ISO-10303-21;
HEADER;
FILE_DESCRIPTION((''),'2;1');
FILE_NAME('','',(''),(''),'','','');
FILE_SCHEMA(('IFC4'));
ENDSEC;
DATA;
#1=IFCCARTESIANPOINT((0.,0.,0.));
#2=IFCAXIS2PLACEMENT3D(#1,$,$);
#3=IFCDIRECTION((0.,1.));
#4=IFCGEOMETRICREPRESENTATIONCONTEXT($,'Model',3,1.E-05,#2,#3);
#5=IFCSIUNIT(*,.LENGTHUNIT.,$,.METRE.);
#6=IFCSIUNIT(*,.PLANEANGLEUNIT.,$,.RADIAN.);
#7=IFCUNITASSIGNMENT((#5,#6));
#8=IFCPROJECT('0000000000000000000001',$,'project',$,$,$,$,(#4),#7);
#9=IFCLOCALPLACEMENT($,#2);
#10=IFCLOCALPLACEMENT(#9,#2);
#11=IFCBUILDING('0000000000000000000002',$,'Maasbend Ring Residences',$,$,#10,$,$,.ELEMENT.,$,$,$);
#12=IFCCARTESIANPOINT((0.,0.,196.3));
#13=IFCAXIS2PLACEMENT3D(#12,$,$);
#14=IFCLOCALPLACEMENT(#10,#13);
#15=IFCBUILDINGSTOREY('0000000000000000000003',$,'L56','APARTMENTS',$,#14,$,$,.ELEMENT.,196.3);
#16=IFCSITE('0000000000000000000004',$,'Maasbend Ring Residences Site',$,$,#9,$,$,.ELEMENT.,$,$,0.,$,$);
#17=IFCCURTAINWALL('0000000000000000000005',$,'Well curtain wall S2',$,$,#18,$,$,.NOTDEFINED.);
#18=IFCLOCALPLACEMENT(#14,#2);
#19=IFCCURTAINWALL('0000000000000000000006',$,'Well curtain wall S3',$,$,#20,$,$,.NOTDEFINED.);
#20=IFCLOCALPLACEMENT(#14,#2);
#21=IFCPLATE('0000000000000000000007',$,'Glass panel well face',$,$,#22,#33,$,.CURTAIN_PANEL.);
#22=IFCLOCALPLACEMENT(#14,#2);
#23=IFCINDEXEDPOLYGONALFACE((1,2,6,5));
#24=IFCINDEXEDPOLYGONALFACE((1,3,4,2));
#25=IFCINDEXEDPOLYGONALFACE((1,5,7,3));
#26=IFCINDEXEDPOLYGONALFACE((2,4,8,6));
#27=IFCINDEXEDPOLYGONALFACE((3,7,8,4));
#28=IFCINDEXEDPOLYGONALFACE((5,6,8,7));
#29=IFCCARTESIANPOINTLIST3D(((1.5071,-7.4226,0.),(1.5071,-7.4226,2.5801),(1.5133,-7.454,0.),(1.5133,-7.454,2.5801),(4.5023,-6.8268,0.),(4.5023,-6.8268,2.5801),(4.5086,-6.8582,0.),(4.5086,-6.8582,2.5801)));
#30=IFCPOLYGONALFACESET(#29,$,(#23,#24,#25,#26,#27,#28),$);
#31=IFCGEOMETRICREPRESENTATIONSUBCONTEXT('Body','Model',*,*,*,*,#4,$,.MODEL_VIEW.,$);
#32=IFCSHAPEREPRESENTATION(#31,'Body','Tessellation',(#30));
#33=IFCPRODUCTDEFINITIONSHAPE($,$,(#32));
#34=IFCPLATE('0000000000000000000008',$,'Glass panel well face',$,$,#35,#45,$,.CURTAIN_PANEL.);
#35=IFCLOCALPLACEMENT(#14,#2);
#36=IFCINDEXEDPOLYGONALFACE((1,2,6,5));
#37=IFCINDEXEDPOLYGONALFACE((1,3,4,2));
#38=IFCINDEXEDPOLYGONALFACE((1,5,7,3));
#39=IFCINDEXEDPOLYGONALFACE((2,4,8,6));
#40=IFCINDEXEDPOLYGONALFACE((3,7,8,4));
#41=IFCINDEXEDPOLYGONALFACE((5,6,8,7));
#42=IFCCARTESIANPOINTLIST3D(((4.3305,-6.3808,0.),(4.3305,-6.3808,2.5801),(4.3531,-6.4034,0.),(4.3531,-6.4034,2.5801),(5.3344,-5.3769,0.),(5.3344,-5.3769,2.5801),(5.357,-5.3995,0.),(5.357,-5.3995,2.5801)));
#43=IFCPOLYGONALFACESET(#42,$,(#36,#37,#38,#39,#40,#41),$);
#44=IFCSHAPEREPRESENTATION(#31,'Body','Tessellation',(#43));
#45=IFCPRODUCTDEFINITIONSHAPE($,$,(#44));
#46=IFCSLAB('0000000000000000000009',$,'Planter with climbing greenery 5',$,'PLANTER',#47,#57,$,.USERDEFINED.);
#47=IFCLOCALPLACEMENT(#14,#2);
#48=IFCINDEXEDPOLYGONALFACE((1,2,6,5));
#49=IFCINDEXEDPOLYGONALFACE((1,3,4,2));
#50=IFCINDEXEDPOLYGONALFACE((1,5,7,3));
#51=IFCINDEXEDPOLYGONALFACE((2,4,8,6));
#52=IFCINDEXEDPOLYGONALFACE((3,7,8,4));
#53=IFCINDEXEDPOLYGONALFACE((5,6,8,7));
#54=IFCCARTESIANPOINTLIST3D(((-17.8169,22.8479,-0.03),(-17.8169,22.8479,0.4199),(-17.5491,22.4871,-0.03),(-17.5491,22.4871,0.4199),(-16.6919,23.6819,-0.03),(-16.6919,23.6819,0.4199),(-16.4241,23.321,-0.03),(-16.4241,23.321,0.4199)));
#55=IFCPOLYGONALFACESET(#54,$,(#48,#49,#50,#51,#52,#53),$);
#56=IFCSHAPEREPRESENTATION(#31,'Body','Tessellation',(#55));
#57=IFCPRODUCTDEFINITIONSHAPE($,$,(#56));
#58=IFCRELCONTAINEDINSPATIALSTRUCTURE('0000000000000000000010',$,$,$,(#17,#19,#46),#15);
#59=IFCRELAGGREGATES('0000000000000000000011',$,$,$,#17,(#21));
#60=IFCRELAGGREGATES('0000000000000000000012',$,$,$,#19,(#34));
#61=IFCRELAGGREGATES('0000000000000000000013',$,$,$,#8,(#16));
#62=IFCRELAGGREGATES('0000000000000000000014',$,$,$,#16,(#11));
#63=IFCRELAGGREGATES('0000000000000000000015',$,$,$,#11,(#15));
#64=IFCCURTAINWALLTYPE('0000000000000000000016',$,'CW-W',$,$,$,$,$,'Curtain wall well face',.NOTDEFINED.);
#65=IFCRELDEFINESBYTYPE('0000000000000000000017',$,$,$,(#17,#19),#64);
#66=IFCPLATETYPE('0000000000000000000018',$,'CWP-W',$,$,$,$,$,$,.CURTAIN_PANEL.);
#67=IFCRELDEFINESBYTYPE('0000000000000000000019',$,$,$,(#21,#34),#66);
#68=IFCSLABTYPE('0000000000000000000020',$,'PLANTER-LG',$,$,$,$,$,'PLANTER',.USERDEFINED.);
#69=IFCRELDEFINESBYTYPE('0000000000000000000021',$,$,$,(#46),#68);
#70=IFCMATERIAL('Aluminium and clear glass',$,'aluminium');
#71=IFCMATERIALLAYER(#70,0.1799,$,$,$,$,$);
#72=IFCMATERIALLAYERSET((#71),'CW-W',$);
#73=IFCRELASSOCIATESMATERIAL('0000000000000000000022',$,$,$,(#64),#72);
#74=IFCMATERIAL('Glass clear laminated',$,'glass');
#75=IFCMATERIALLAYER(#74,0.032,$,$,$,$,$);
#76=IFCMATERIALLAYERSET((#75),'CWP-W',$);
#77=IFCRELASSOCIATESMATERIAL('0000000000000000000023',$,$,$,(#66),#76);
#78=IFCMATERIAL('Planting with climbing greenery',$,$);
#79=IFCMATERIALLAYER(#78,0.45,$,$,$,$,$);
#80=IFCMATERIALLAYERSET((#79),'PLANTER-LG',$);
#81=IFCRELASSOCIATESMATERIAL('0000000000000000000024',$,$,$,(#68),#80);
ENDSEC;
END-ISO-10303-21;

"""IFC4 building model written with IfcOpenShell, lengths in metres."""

from ifc_helpers import new_model, si_unit, direction, frame, origin, origin_2d, place, context, subcontext, project, spatial, polyline, rectangle, outline, extrude, material, layer, layer_set, type_object, element, aggregate, save


model = new_model("IFC4")

# Units and contexts
model_context = context("Model", 3, precision=1e-05, world=origin(), true_north=direction((0.0, 1.0)))
body_context = subcontext(model_context, "Body", "Model", "MODEL_VIEW")
ifc_project = project(units=[si_unit("LENGTHUNIT", "METRE"), si_unit("PLANEANGLEUNIT", "RADIAN")], contexts=[model_context])

# Site, building, storey
site_placement = place(None, origin())
site = spatial("IfcSite", under=ifc_project, at=site_placement, Name="Maasbend Ring Residences Site", CompositionType="ELEMENT", RefElevation=0.0)
building_placement = place(site_placement, origin())
building = spatial("IfcBuilding", under=site, at=building_placement, Name="Maasbend Ring Residences", CompositionType="ELEMENT")
storey_placement = place(building_placement, frame((0.0, 0.0, 196.3)))
storey = spatial("IfcBuildingStorey", under=building, at=storey_placement, Name="L56", Description="APARTMENTS", CompositionType="ELEMENT", Elevation=196.3)

# Curtain walls
ifc_material_1 = material(Name="Aluminium and clear glass", Category="aluminium")
ifc_layer_1 = layer(ifc_material_1, 0.1799)
ifc_layer_set_1 = layer_set([ifc_layer_1], Name="CW-W")
curtain_wall_type = type_object("IfcCurtainWallType", Name="CW-W", ElementType="Curtain wall well face", PredefinedType="NOTDEFINED", material=ifc_layer_set_1)
curtain_wall_1_placement = place(storey_placement, origin())
curtain_wall_1 = element("IfcCurtainWall", 1, at=curtain_wall_1_placement, inside=storey, type_object=curtain_wall_type, Name="Well curtain wall S2", PredefinedType="NOTDEFINED")
curtain_wall_2_placement = place(storey_placement, origin())
curtain_wall_2 = element("IfcCurtainWall", 2, at=curtain_wall_2_placement, inside=storey, type_object=curtain_wall_type, Name="Well curtain wall S3", PredefinedType="NOTDEFINED")

# Plates
ifc_material_2 = material(Name="Glass clear laminated", Category="glass")
ifc_layer_2 = layer(ifc_material_2, 0.032)
ifc_layer_set_2 = layer_set([ifc_layer_2], Name="CWP-W")
plate_type = type_object("IfcPlateType", Name="CWP-W", PredefinedType="CURTAIN_PANEL", material=ifc_layer_set_2)
plate_1_placement = place(storey_placement, frame((3.0078, -7.1404, 0.0), z_axis=(0.0, 0.0, 1.0), x_axis=(0.980785, 0.19509, 0.0)))
plate_1 = element("IfcPlate", 3, at=plate_1_placement, type_object=plate_type, Name="Glass panel well face", PredefinedType="CURTAIN_PANEL", context=body_context, shape_type="SweptSolid", body=[
    extrude(rectangle(XDim=3.054, YDim=0.032, at=origin_2d()), origin(), (0.0, 0.0, 1.0), 2.5801),
])
aggregate(curtain_wall_1, [plate_1])
plate_2_placement = place(storey_placement, frame((4.8438, -5.8901, 0.0), z_axis=(0.0, 0.0, 1.0), x_axis=(0.707107, 0.707107, 0.0)))
plate_2 = element("IfcPlate", 4, at=plate_2_placement, type_object=plate_type, Name="Glass panel well face", PredefinedType="CURTAIN_PANEL", context=body_context, shape_type="SweptSolid", body=[
    extrude(rectangle(XDim=1.4197, YDim=0.032, at=origin_2d()), origin(), (0.0, 0.0, 1.0), 2.5801),
])
aggregate(curtain_wall_2, [plate_2])

# Slab
ifc_material_3 = material(Name="Planting with climbing greenery")
ifc_layer_3 = layer(ifc_material_3, 0.45)
ifc_layer_set_3 = layer_set([ifc_layer_3], Name="PLANTER-LG")
slab_type_1 = type_object("IfcSlabType", Name="PLANTER-LG", ElementType="PLANTER", PredefinedType="USERDEFINED", material=ifc_layer_set_3)
slab_1_placement = place(storey_placement, frame((0.0, 0.0, -0.03)))
element("IfcSlab", 5, at=slab_1_placement, inside=storey, type_object=slab_type_1, Name="Planter with climbing greenery 5", ObjectType="PLANTER", PredefinedType="USERDEFINED", context=body_context, shape_type="SweptSolid", body=[
    extrude(outline(polyline([(-16.6919, 23.6819), (-17.8169, 22.8479), (-17.5491, 22.4871), (-16.4241, 23.321), (-16.6919, 23.6819)])), origin(), (0.0, 0.0, 1.0), 0.45),
])

save(model, "model.ifc")
